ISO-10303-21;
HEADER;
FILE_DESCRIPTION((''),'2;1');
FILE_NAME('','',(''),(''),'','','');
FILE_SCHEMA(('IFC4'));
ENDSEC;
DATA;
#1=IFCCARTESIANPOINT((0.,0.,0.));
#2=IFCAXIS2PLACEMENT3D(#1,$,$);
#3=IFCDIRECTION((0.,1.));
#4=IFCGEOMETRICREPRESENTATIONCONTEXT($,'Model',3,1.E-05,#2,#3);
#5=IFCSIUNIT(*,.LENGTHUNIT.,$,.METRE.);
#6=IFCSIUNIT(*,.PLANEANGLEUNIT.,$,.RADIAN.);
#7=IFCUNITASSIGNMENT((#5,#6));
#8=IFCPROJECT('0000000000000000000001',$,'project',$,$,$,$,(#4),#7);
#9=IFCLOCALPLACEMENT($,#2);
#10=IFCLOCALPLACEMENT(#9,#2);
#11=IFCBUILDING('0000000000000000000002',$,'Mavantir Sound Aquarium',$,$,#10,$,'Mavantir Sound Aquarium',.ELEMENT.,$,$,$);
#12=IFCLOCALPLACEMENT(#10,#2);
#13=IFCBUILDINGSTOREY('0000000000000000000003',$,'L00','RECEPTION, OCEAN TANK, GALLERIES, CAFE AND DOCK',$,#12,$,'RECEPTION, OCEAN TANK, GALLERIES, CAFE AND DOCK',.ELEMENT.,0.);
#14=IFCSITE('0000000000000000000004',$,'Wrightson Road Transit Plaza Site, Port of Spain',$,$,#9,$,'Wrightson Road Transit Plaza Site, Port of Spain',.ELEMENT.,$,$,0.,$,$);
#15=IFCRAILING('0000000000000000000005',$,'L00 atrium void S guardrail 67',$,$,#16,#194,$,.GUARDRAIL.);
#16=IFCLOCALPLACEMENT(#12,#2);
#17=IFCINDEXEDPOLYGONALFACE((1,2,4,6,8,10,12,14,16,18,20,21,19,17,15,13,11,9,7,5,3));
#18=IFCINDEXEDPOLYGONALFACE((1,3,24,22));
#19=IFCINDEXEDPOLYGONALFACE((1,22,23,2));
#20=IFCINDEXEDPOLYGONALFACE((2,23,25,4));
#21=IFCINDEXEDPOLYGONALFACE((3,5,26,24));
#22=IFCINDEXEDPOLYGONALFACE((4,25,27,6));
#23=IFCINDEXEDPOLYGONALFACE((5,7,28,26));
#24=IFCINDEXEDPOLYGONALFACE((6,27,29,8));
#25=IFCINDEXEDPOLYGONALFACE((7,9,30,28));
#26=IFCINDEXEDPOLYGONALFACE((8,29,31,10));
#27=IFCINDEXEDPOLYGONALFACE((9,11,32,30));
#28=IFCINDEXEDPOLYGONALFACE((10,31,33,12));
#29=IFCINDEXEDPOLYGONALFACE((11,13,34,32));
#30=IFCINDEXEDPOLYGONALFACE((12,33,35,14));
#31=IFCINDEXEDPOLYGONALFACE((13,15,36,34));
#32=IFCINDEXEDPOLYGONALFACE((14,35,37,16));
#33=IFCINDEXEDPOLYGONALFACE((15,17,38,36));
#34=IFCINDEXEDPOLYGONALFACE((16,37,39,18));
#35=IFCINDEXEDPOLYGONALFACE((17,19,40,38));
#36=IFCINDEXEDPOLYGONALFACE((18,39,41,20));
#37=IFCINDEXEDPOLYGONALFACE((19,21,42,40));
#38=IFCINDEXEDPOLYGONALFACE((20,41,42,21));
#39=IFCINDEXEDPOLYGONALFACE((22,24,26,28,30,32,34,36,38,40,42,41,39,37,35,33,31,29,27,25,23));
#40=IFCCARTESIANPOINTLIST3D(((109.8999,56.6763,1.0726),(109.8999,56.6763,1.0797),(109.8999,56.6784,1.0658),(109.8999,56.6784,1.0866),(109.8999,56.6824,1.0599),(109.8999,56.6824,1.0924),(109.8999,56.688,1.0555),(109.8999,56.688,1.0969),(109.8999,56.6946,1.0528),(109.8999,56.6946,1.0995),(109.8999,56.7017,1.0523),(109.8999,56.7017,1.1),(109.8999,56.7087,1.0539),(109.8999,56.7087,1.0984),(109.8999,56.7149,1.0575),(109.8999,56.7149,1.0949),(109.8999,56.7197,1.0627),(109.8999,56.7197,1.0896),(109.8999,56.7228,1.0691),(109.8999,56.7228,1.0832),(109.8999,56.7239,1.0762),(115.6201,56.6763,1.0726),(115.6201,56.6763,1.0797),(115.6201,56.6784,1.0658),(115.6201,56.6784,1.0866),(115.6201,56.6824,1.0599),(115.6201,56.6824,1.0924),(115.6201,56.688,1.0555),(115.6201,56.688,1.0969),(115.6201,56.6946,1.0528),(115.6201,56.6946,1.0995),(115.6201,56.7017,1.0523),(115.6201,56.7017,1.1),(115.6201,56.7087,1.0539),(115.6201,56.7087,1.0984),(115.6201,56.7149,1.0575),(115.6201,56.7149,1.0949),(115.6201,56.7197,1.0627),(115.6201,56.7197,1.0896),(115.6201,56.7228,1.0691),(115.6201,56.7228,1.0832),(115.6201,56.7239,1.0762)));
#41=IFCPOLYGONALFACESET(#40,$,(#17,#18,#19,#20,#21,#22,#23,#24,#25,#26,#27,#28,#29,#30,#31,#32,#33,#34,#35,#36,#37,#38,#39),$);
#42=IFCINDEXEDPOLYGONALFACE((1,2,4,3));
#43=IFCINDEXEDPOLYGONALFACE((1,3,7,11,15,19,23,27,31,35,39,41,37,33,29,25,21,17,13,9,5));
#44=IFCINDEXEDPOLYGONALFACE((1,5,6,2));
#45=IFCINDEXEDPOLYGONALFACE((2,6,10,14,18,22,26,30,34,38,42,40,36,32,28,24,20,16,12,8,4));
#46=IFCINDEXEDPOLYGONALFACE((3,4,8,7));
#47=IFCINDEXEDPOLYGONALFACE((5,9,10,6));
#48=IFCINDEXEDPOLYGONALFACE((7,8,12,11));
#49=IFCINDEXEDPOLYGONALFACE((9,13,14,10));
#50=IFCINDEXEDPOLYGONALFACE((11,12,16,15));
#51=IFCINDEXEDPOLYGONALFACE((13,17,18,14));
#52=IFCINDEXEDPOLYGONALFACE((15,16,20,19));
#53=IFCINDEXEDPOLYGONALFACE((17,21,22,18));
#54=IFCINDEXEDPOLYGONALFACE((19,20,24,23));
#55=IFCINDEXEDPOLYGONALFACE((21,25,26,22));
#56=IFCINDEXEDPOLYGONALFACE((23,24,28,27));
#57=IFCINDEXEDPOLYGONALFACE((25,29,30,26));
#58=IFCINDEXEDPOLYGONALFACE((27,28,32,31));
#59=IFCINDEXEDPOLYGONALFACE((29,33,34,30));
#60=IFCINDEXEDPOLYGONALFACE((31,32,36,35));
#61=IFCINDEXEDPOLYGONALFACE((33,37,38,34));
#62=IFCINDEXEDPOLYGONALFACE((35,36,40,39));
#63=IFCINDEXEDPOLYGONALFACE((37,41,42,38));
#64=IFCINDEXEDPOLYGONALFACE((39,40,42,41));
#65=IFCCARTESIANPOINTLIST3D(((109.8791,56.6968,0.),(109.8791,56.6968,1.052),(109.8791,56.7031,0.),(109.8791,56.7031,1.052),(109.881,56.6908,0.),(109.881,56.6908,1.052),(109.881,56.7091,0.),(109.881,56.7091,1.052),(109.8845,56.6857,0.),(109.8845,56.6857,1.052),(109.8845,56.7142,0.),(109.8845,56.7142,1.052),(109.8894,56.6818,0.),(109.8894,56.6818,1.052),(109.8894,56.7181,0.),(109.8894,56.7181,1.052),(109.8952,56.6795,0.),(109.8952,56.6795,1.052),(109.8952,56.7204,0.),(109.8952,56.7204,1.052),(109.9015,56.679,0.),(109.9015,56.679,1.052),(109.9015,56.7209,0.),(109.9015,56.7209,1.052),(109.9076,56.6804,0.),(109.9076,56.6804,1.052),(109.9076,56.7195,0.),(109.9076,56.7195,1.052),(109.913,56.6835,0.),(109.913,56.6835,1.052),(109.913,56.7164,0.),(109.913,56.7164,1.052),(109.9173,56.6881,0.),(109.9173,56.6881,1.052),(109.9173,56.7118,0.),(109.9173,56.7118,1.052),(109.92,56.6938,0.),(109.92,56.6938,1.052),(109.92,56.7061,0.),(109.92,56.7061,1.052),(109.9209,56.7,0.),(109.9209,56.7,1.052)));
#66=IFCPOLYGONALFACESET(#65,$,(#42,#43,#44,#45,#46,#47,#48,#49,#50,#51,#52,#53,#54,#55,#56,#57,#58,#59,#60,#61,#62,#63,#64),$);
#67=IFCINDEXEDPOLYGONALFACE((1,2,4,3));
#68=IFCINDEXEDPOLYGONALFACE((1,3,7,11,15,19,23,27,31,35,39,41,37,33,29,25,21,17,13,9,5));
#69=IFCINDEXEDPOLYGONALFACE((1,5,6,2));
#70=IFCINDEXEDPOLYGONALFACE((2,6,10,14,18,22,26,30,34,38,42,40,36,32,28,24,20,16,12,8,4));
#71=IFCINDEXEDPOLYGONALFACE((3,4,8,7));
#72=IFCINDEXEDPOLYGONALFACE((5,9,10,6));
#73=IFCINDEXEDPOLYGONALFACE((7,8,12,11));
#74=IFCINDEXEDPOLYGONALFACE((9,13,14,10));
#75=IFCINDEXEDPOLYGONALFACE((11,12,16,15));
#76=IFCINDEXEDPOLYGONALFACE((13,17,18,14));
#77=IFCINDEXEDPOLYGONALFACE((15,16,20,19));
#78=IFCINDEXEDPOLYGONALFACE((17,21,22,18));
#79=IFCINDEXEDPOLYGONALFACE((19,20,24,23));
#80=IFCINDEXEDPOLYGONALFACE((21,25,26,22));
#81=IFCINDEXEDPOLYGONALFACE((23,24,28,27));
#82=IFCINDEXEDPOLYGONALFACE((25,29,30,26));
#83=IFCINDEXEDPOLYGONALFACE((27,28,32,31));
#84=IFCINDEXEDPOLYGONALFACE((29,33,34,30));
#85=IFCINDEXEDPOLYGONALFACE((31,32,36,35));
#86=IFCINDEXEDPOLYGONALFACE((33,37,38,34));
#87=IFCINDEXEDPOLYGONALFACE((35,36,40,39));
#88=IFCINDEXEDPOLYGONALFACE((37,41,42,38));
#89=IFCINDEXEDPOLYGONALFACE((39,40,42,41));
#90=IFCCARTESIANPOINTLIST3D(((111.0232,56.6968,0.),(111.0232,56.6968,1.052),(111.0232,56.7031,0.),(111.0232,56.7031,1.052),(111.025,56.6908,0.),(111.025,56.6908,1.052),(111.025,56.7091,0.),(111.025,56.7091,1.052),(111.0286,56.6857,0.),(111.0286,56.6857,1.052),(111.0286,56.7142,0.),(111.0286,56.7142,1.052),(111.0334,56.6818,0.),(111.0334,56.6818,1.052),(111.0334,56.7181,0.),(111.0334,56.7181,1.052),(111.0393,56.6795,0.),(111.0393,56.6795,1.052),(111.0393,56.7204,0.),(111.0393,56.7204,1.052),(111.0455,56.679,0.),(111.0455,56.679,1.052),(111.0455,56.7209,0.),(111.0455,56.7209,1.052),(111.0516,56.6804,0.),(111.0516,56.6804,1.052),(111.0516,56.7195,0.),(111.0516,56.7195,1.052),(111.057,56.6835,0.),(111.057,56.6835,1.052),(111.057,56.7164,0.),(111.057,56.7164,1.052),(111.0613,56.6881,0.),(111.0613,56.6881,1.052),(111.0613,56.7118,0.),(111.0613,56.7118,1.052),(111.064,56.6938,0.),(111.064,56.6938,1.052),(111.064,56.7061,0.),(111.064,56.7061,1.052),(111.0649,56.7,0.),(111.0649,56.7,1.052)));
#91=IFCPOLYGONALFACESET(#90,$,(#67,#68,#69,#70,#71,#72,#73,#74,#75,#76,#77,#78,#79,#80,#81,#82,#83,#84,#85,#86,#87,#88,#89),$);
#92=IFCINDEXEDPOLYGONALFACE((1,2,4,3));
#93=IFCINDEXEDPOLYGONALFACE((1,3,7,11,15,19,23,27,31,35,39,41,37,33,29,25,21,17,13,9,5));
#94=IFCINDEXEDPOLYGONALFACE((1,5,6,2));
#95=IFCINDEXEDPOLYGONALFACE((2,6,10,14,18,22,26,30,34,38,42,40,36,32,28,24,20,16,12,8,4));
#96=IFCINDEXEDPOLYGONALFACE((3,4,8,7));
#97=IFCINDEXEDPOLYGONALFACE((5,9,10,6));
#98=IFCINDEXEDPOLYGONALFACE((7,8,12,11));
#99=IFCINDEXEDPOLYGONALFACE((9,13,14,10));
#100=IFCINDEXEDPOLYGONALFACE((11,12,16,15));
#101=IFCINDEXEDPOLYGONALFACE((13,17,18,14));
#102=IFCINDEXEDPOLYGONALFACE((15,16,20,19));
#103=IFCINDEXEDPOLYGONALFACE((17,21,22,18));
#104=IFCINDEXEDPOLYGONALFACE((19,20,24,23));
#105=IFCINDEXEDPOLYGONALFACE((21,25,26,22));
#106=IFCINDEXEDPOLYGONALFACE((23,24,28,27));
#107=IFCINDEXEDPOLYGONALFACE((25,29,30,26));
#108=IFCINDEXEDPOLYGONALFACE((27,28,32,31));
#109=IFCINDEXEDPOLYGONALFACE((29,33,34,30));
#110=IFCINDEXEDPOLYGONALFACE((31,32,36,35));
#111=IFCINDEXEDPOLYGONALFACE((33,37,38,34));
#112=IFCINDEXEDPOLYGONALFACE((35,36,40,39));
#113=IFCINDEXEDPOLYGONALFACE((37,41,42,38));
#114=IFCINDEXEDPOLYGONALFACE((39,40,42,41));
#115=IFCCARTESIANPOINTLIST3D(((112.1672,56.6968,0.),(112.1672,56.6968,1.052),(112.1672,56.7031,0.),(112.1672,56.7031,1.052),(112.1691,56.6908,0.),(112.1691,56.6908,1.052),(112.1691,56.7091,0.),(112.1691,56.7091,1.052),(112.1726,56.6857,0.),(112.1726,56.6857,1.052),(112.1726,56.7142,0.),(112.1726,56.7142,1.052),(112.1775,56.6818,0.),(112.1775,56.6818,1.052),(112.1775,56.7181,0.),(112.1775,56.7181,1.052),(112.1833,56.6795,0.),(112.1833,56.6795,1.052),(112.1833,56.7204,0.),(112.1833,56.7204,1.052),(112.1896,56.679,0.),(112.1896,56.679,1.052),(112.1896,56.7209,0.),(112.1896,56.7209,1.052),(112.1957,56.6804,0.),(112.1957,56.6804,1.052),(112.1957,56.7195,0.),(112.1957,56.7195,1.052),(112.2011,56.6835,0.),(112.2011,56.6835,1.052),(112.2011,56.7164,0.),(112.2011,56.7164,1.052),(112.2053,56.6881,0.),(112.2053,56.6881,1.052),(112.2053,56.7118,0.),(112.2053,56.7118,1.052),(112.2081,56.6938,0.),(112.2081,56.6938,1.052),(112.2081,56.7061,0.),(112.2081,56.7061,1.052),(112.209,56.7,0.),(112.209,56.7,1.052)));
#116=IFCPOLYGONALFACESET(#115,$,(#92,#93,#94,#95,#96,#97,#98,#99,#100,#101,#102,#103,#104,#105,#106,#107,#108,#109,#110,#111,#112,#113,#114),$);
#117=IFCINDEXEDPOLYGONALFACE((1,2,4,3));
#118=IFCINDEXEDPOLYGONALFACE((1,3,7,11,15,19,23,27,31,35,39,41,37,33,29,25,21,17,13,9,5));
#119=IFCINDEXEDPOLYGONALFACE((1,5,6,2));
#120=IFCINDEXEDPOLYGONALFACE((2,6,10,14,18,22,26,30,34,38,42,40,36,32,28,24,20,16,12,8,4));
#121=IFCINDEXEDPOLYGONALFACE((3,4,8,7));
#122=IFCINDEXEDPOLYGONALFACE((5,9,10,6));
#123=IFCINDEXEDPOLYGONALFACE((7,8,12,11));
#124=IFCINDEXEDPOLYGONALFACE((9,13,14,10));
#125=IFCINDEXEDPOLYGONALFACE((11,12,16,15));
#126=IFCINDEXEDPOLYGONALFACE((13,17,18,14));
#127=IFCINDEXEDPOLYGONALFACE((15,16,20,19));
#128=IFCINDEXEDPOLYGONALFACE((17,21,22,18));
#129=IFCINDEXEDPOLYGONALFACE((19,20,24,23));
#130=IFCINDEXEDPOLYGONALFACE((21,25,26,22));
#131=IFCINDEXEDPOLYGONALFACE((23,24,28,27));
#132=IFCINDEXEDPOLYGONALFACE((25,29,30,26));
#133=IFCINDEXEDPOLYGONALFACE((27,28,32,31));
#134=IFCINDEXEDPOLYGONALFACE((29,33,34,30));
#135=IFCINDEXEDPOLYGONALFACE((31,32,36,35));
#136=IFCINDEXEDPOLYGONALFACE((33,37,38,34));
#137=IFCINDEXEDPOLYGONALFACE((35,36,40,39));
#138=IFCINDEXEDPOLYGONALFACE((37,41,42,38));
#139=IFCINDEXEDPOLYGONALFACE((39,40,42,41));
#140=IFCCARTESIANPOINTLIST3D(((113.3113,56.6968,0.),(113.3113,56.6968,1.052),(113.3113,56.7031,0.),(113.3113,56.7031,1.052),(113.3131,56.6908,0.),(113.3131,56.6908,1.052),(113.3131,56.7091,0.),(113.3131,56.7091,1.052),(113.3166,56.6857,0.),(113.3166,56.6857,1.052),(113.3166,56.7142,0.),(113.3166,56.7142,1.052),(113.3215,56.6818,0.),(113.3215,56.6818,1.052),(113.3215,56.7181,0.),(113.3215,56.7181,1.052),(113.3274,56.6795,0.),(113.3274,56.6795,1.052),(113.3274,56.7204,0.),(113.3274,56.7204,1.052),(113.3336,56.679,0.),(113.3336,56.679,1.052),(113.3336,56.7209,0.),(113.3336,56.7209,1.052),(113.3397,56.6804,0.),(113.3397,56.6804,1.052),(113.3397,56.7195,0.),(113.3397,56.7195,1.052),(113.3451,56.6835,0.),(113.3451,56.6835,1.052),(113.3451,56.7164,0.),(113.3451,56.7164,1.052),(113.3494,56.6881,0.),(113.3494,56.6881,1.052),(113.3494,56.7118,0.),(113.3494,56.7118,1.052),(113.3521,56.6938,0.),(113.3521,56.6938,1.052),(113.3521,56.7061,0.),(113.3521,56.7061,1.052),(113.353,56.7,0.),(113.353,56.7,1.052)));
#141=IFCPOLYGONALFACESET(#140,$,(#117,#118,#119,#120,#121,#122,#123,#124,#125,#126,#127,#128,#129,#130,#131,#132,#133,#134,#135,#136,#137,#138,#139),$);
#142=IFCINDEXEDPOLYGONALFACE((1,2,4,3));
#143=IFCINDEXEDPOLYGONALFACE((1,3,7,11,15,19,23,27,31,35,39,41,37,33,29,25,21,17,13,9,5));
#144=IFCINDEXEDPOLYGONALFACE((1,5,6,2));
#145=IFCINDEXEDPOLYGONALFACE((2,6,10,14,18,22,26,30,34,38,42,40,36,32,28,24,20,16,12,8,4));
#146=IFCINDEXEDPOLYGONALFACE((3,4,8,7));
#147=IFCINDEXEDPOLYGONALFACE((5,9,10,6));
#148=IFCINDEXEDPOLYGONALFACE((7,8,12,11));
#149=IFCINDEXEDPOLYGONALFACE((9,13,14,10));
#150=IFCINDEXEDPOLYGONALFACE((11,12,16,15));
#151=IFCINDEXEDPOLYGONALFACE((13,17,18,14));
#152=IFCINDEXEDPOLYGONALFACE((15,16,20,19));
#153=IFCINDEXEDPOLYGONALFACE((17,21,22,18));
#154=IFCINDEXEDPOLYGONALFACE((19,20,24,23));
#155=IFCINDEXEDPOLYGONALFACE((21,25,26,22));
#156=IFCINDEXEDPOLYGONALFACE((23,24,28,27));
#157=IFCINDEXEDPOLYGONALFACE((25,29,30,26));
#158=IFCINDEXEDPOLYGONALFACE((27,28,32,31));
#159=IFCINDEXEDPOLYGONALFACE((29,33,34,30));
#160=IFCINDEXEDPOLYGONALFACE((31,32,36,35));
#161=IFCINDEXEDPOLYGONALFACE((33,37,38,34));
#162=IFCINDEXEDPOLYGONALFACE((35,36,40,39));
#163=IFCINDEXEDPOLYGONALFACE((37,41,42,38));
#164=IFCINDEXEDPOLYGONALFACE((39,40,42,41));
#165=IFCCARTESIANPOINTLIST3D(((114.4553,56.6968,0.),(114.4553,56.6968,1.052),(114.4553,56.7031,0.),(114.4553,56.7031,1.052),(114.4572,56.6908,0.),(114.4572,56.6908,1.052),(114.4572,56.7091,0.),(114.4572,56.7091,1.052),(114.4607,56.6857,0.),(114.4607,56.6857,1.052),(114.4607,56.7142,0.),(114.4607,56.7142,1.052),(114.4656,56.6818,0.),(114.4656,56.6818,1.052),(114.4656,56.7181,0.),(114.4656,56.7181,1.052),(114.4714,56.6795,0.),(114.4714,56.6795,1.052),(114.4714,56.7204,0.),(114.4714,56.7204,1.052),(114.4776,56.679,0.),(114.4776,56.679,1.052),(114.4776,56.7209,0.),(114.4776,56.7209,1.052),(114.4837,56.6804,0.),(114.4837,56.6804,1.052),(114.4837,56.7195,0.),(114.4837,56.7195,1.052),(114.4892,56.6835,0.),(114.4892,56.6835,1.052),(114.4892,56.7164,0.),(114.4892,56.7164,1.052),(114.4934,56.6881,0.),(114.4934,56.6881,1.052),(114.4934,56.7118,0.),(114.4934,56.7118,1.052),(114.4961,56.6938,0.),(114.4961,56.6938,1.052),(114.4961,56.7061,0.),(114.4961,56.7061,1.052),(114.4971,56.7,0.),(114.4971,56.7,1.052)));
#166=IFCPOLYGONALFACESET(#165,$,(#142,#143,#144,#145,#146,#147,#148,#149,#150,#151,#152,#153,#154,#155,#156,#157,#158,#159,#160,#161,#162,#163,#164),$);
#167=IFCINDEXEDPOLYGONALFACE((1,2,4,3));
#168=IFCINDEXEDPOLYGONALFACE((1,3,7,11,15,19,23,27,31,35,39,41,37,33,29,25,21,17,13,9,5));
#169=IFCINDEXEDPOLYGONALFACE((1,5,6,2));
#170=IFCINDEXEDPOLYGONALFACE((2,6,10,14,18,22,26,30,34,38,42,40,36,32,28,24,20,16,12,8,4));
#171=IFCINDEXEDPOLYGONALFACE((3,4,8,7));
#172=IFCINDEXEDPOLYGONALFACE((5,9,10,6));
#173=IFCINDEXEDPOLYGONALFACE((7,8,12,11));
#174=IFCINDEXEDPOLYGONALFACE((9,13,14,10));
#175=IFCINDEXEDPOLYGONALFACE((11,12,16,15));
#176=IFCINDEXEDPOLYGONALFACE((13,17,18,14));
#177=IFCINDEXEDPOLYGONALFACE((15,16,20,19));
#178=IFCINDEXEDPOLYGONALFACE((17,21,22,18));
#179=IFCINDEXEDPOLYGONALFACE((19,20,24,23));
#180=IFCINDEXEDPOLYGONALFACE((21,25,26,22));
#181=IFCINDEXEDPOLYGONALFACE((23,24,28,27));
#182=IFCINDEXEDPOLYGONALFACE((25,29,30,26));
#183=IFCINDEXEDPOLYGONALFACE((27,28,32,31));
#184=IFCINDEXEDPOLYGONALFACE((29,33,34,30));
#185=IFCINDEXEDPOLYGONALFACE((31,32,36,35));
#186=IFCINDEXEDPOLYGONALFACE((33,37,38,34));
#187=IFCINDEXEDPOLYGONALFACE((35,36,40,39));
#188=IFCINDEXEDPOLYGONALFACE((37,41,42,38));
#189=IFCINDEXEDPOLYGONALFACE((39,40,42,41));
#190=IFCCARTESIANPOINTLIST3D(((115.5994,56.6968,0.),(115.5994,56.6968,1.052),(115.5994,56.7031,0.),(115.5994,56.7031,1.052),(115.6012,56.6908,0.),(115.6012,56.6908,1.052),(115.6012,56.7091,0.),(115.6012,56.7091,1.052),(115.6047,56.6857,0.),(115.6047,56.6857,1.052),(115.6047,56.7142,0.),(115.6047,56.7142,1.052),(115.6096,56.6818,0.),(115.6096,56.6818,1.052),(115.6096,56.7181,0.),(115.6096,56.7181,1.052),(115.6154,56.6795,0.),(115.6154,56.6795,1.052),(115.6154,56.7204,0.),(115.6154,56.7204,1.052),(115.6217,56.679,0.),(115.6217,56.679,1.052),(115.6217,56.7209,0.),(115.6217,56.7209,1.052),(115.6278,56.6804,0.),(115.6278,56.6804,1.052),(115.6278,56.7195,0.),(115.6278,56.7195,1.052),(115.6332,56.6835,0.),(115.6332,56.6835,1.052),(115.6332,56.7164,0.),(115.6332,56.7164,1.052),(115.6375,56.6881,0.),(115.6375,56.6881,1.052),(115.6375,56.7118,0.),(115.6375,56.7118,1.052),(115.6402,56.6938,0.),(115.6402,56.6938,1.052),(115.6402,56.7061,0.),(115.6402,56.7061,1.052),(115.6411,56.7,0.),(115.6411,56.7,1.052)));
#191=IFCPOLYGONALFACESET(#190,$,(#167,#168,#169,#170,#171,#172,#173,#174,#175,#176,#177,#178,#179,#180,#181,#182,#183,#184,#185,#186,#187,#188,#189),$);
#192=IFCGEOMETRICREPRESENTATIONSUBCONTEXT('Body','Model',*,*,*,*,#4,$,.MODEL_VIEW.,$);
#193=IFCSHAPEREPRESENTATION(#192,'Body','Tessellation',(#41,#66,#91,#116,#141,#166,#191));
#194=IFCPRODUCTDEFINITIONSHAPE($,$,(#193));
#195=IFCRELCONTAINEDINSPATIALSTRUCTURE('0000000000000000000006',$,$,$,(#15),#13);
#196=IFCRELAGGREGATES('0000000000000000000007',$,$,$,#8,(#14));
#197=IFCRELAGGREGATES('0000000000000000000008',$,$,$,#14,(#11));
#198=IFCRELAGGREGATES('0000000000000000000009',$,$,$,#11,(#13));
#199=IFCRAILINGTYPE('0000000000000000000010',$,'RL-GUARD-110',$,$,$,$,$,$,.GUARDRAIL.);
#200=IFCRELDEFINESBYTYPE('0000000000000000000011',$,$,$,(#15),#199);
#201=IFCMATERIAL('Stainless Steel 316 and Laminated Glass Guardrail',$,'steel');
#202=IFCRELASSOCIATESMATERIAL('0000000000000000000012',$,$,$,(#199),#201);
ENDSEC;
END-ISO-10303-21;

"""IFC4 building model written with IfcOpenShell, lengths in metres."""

from ifc_helpers import new_model, si_unit, direction, frame, origin, origin_2d, place, context, subcontext, project, spatial, circle, extrude, material, type_object, element, save


model = new_model("IFC4")

# Units and contexts
model_context = context("Model", 3, precision=1e-05, world=origin(), true_north=direction((0.0, 1.0)))
body_context = subcontext(model_context, "Body", "Model", "MODEL_VIEW")
ifc_project = project(units=[si_unit("LENGTHUNIT", "METRE"), si_unit("PLANEANGLEUNIT", "RADIAN")], contexts=[model_context])

# Site, building, storey
site_placement = place(None, origin())
site = spatial("IfcSite", under=ifc_project, at=site_placement, Name="Wrightson Road Transit Plaza Site, Port of Spain", LongName="Wrightson Road Transit Plaza Site, Port of Spain", CompositionType="ELEMENT", RefElevation=0.0)
building_placement = place(site_placement, origin())
building = spatial("IfcBuilding", under=site, at=building_placement, Name="Mavantir Sound Aquarium", LongName="Mavantir Sound Aquarium", CompositionType="ELEMENT")
storey_placement = place(building_placement, origin())
storey = spatial("IfcBuildingStorey", under=building, at=storey_placement, Name="L00", Description="RECEPTION, OCEAN TANK, GALLERIES, CAFE AND DOCK", LongName="RECEPTION, OCEAN TANK, GALLERIES, CAFE AND DOCK", CompositionType="ELEMENT", Elevation=0.0)

# Railing
ifc_material_1 = material(Name="Stainless Steel 316 and Laminated Glass Guardrail", Category="steel")
railing_type_1 = type_object("IfcRailingType", Name="RL-GUARD-110", PredefinedType="GUARDRAIL", material=ifc_material_1)
railing_1_placement = place(storey_placement, frame((109.8999, 56.7, 0.0)))
element("IfcRailing", 1, at=railing_1_placement, inside=storey, type_object=railing_type_1, Name="L00 atrium void S guardrail 67", PredefinedType="GUARDRAIL", context=body_context, shape_type="SweptSolid", body=[
    extrude(circle(Radius=0.0239, at=origin_2d()), frame((0.0, 0.0, 1.0762), z_axis=(1.0, 0.0, 0.0), x_axis=(0.0, 1.0, 0.0)), (0.0, 0.0, 1.0), 5.7202),
    extrude(circle(Radius=0.021, at=origin_2d()), origin(), (0.0, 0.0, 1.0), 1.052),
    extrude(circle(Radius=0.021, at=origin_2d()), frame((1.144, 0.0, 0.0)), (0.0, 0.0, 1.0), 1.052),
    extrude(circle(Radius=0.021, at=origin_2d()), frame((2.2881, 0.0, 0.0)), (0.0, 0.0, 1.0), 1.052),
    extrude(circle(Radius=0.021, at=origin_2d()), frame((3.4321, 0.0, 0.0)), (0.0, 0.0, 1.0), 1.052),
    extrude(circle(Radius=0.021, at=origin_2d()), frame((4.5762, 0.0, 0.0)), (0.0, 0.0, 1.0), 1.052),
    extrude(circle(Radius=0.021, at=origin_2d()), frame((5.7202, 0.0, 0.0)), (0.0, 0.0, 1.0), 1.052),
])

save(model, "model.ifc")
